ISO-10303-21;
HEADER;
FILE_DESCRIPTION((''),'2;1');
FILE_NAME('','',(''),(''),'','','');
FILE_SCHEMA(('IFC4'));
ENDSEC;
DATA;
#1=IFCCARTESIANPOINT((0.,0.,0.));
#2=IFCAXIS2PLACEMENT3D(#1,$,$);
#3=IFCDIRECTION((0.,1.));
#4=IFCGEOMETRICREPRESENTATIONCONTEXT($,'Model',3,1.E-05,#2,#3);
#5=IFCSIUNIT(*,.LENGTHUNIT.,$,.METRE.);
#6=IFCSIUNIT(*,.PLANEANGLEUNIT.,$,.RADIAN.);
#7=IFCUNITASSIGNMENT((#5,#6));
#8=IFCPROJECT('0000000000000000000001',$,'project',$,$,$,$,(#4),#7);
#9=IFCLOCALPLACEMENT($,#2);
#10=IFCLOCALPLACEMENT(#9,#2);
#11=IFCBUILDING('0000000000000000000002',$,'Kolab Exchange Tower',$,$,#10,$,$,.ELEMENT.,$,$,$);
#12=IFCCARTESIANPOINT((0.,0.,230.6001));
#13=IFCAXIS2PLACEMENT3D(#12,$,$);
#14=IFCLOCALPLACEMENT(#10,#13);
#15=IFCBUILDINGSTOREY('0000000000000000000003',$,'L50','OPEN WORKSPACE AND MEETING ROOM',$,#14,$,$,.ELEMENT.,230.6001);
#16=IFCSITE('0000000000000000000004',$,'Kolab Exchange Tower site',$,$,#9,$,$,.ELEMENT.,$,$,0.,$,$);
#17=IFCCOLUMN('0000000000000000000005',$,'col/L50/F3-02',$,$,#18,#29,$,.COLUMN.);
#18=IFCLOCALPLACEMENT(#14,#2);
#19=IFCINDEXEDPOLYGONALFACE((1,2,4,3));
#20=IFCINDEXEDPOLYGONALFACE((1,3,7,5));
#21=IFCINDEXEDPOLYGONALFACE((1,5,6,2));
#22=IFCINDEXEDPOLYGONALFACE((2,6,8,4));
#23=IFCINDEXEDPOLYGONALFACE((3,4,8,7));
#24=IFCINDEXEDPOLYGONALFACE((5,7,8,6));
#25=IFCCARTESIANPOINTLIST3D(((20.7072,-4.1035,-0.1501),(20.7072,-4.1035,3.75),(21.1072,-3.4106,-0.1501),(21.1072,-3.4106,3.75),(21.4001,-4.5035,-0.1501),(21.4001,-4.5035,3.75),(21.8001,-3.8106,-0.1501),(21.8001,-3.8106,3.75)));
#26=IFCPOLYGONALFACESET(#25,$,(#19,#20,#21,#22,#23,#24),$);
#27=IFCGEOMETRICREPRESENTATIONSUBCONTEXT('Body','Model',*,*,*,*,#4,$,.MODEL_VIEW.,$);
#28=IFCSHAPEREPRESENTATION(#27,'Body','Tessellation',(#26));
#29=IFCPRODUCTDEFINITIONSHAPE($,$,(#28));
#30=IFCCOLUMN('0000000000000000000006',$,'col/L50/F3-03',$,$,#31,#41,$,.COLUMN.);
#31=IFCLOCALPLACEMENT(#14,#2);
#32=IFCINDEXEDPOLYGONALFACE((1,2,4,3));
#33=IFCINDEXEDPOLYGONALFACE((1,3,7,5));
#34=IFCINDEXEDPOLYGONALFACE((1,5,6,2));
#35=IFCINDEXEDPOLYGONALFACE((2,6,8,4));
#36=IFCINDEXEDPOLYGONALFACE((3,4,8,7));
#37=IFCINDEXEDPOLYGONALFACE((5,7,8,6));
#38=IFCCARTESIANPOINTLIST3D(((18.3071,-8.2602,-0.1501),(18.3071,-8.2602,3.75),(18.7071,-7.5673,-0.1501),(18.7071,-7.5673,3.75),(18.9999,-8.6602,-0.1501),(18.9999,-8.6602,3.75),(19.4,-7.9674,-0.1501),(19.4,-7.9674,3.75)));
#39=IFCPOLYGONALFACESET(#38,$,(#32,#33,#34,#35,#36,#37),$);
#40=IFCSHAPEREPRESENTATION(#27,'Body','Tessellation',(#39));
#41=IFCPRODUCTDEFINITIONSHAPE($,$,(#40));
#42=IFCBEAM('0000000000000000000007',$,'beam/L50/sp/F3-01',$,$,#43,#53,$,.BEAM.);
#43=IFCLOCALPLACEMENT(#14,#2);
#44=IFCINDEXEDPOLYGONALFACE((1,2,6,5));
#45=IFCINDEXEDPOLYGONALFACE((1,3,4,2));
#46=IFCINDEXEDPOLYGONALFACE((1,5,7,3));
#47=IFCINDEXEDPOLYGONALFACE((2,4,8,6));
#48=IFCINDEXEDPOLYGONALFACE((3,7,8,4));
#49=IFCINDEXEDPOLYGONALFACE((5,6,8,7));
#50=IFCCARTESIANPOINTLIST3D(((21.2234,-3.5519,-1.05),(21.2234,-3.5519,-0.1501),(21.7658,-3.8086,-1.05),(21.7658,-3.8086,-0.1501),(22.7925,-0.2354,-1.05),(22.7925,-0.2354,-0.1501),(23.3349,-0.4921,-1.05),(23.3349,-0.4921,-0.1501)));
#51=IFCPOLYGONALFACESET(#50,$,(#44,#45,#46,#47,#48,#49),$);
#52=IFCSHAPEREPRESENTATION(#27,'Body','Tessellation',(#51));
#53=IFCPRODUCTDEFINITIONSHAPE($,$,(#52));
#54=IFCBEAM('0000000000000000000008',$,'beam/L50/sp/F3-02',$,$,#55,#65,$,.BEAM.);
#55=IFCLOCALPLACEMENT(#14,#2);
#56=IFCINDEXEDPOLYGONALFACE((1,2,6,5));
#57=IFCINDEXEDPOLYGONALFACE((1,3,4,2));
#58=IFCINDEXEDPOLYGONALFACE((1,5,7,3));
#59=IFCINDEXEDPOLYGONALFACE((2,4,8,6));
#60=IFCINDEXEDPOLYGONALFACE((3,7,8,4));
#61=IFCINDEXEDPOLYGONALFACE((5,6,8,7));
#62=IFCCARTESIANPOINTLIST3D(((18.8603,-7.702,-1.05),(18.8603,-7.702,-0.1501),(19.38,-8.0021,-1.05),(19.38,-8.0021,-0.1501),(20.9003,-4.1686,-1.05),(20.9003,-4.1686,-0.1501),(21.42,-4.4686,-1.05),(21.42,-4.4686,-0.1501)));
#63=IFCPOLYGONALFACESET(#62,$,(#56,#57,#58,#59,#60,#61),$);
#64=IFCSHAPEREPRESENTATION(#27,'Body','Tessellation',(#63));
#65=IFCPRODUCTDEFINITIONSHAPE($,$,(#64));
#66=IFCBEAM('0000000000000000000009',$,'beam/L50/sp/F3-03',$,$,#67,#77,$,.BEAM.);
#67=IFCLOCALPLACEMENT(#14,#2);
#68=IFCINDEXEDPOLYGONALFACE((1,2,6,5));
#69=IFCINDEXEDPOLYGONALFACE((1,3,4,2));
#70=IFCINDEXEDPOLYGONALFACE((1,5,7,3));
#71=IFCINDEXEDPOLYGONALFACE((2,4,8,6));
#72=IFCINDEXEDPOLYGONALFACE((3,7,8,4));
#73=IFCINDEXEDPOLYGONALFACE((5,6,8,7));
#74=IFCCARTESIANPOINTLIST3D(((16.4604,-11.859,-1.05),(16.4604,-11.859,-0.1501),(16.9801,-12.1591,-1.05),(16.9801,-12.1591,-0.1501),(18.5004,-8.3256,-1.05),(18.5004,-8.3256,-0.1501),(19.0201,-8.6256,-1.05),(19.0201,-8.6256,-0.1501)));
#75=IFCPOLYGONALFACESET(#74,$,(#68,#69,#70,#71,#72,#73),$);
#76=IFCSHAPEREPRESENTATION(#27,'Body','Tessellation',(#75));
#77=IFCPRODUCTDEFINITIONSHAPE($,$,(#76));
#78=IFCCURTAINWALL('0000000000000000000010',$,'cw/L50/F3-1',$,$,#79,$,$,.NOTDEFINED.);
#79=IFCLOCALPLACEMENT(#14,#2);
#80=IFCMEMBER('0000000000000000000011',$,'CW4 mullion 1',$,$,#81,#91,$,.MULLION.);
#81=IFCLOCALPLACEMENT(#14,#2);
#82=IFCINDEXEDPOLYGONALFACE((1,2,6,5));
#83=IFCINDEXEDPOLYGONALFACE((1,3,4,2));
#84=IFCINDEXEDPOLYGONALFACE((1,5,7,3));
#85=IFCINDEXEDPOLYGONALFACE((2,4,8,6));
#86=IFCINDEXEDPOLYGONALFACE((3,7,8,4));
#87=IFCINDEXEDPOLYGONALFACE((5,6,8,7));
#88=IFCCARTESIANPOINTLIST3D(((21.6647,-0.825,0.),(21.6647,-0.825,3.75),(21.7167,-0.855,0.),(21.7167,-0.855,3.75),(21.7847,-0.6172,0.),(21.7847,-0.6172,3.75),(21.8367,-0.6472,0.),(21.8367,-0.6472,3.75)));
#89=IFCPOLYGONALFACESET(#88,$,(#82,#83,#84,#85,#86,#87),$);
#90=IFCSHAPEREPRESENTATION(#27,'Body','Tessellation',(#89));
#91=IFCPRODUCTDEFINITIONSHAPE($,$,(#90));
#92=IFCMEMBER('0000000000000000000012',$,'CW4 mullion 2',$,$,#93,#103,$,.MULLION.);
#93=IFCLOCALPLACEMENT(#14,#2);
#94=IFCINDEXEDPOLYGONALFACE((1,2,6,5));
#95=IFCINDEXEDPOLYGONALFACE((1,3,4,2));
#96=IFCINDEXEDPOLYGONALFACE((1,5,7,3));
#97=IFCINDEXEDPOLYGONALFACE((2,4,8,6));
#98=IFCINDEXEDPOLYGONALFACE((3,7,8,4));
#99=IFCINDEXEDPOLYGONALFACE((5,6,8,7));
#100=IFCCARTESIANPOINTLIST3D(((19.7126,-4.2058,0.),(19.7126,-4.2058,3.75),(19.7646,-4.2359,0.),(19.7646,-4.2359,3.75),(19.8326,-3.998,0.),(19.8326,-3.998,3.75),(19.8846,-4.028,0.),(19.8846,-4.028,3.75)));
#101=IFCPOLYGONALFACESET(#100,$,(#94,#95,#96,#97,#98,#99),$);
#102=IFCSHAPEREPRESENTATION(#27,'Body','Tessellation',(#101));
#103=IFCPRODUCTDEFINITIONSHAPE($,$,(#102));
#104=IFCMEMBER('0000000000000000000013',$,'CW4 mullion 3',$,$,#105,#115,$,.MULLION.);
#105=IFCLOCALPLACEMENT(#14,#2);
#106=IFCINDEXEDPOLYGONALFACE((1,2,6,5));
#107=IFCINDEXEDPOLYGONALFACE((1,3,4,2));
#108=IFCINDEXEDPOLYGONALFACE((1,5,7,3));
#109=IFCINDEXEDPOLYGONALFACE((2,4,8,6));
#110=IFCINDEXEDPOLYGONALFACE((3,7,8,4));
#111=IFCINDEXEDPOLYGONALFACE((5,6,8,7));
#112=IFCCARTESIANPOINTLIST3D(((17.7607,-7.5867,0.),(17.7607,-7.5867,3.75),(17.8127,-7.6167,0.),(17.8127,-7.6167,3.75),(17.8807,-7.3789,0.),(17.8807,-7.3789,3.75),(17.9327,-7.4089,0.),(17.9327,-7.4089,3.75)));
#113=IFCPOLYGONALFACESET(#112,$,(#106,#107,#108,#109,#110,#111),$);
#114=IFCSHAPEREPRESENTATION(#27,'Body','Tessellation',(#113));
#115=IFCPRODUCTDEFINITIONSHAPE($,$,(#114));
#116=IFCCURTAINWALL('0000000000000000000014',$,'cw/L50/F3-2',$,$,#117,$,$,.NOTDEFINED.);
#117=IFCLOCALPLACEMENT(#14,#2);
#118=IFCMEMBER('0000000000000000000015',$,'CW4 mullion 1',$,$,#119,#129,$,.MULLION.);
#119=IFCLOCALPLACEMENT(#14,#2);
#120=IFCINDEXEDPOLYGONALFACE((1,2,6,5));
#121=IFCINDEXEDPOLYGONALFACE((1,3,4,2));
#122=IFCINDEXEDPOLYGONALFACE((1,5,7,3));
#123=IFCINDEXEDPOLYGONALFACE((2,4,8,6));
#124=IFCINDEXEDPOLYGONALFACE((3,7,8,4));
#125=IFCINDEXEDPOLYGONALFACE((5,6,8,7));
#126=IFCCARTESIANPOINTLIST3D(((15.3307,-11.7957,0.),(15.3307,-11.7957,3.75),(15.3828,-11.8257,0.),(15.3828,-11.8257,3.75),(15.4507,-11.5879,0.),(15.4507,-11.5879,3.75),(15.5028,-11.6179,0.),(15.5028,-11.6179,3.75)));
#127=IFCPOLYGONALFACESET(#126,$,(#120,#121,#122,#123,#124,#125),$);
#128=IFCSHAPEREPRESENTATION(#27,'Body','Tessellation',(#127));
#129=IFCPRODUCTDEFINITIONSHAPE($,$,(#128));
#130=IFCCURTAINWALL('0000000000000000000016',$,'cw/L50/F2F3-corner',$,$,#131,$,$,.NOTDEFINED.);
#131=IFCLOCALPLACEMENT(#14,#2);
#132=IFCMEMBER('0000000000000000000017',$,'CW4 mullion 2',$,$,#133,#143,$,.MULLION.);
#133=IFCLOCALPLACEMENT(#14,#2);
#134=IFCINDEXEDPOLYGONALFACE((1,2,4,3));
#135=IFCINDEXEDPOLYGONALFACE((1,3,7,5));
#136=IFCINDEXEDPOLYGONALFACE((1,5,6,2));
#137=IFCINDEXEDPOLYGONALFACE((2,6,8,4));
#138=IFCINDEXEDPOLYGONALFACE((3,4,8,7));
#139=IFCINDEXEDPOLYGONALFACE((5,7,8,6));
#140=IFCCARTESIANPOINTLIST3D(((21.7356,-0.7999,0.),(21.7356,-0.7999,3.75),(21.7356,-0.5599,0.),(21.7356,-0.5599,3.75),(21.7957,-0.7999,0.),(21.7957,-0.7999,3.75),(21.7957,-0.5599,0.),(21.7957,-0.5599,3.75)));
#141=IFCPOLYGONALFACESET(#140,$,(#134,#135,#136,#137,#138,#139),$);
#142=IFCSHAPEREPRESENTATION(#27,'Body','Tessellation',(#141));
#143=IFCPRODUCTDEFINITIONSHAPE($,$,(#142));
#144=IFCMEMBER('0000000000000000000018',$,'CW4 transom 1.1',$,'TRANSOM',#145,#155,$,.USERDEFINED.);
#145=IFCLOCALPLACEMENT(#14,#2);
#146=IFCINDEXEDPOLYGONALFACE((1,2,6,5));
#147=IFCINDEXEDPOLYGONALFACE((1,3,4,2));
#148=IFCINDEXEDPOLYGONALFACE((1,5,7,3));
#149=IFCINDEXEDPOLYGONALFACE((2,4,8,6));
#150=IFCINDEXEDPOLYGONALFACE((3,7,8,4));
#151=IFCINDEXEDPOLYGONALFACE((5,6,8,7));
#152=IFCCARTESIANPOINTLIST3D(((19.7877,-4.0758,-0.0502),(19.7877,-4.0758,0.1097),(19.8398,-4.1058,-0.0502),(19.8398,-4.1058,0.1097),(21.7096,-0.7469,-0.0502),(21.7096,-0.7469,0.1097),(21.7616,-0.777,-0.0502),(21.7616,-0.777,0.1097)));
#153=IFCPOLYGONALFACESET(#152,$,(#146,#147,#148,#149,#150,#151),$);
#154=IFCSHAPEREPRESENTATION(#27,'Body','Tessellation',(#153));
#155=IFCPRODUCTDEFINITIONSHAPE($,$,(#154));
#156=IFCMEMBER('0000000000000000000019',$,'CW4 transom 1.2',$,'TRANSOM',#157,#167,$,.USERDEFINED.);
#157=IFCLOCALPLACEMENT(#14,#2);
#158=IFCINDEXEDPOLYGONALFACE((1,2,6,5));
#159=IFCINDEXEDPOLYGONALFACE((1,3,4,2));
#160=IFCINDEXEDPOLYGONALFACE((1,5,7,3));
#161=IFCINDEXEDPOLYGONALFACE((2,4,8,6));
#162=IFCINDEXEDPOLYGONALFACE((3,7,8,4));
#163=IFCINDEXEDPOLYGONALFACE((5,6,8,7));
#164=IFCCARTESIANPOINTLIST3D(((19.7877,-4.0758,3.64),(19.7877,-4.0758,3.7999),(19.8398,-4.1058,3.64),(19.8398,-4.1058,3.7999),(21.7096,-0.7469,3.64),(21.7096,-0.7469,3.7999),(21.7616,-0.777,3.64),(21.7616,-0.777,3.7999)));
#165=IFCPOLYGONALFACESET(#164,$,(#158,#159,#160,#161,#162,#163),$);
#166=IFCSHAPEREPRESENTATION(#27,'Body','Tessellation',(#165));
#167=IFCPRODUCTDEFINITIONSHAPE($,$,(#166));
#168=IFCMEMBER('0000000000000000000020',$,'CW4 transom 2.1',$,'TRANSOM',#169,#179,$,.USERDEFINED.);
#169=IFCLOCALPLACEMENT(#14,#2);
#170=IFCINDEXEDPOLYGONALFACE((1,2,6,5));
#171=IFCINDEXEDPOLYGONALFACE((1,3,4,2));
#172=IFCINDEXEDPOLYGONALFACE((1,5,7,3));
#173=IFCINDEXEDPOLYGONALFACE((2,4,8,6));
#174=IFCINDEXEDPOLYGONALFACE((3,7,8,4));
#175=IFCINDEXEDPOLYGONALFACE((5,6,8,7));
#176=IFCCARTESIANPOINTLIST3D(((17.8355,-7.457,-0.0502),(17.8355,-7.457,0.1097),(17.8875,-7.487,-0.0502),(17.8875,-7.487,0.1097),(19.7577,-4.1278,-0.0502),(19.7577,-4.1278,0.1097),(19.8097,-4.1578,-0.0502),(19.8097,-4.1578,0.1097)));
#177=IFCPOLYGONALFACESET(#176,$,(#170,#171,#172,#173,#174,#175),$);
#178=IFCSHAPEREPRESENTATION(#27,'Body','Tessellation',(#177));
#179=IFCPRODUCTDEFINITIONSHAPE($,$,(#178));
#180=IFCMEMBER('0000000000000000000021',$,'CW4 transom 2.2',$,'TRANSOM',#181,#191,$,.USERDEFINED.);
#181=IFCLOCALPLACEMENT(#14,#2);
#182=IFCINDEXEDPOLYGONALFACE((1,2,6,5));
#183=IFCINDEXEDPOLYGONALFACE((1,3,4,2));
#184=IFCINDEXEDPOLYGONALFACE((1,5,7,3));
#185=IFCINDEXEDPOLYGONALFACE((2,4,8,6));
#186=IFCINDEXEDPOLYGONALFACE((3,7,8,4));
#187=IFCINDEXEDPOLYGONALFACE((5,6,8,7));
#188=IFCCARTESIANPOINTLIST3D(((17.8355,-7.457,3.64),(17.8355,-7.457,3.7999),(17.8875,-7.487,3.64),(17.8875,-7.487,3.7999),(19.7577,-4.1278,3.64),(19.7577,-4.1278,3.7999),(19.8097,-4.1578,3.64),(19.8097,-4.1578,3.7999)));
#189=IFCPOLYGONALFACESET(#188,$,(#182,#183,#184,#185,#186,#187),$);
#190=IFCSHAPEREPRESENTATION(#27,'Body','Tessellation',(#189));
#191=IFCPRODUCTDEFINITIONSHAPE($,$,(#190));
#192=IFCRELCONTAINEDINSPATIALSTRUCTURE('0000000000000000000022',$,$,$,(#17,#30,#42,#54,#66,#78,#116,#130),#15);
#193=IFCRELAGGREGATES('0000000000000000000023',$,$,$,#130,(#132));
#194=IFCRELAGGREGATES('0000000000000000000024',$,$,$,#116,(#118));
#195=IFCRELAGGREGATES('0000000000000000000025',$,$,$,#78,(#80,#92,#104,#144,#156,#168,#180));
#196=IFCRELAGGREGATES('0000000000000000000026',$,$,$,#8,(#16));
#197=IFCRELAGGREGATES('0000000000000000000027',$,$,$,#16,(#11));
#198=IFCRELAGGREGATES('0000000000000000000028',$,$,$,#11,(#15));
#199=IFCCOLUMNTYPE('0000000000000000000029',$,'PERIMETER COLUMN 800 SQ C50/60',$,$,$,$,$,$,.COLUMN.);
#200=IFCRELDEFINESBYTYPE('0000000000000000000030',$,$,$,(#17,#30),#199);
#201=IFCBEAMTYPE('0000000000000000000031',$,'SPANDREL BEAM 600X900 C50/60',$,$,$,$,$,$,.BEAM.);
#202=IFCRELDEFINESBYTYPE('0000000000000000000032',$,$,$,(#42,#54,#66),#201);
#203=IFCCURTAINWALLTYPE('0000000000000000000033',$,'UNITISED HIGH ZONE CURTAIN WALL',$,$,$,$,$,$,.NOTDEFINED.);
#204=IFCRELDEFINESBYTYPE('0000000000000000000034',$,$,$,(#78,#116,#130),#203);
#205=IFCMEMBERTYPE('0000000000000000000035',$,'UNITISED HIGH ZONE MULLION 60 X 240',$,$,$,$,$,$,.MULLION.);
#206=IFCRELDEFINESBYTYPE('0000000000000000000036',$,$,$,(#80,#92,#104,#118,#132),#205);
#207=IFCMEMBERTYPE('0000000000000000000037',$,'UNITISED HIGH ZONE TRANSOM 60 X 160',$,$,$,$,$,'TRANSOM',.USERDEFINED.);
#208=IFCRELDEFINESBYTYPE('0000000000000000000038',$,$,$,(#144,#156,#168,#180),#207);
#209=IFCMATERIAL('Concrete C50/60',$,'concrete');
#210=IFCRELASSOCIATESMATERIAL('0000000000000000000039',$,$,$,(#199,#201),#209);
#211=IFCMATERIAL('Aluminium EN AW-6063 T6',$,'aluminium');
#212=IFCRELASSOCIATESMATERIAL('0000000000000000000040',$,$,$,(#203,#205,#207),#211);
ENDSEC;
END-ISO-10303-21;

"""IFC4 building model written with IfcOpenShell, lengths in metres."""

from ifc_helpers import new_model, si_unit, direction, frame, origin, origin_2d, place, context, subcontext, project, spatial, rectangle, extrude, material, material_profile, profile_set, type_object, element, aggregate, save


model = new_model("IFC4")

# Units and contexts
model_context = context("Model", 3, precision=1e-05, world=origin(), true_north=direction((0.0, 1.0)))
body_context = subcontext(model_context, "Body", "Model", "MODEL_VIEW")
ifc_project = project(units=[si_unit("LENGTHUNIT", "METRE"), si_unit("PLANEANGLEUNIT", "RADIAN")], contexts=[model_context])

# Site, building, storey
site_placement = place(None, origin())
site = spatial("IfcSite", under=ifc_project, at=site_placement, Name="Kolab Exchange Tower site", CompositionType="ELEMENT", RefElevation=0.0)
building_placement = place(site_placement, origin())
building = spatial("IfcBuilding", under=site, at=building_placement, Name="Kolab Exchange Tower", CompositionType="ELEMENT")
storey_placement = place(building_placement, frame((0.0, 0.0, 230.6001)))
storey = spatial("IfcBuildingStorey", under=building, at=storey_placement, Name="L50", Description="OPEN WORKSPACE AND MEETING ROOM", CompositionType="ELEMENT", Elevation=230.6001)

# Columns
ifc_material_1 = material(Name="Concrete C50/60", Category="concrete")
ifc_material_profile_1 = material_profile(ifc_material_1, rectangle(XDim=0.8, YDim=0.8, at=origin_2d()), Name="RC800")
ifc_profile_set_1 = profile_set([ifc_material_profile_1], Name="Concrete C50/60")
column_type = type_object("IfcColumnType", Name="PERIMETER COLUMN 800 SQ C50/60", PredefinedType="COLUMN", material=ifc_profile_set_1)
for number, where, z_axis, x_axis, name in (
    (1, (21.2537, -3.957, -0.1501), (0.0, 0.0, 1.0), (0.5, 0.866025, 0.0), "col/L50/F3-02"),
    (2, (18.8535, -8.1138, -0.1501), (0.0, 0.0, 1.0), (0.5, 0.866025, 0.0), "col/L50/F3-03"),
):
    element("IfcColumn", number, at=place(storey_placement, frame(where, z_axis=z_axis, x_axis=x_axis)), inside=storey, type_object=column_type, Name=name, PredefinedType="COLUMN", context=body_context, shape_type="SweptSolid", body=[
        extrude(rectangle(XDim=0.8, YDim=0.8, at=origin_2d()), origin(), (0.0, 0.0, 1.0), 3.9001),
    ])

# Beams
ifc_material_profile_2 = material_profile(ifc_material_1, rectangle(XDim=0.6001, YDim=0.8999, at=origin_2d()), Name="RC600X900")
ifc_profile_set_2 = profile_set([ifc_material_profile_2], Name="Concrete C50/60")
beam_type = type_object("IfcBeamType", Name="SPANDREL BEAM 600X900 C50/60", PredefinedType="BEAM", material=ifc_profile_set_2)
beam_placement = place(storey_placement, frame((23.0637, -0.3638, -0.6001), z_axis=(-0.427677, -0.903932, 0.0), x_axis=(0.903932, -0.427677, 0.0)))
element("IfcBeam", 3, at=beam_placement, inside=storey, type_object=beam_type, Name="beam/L50/sp/F3-01", PredefinedType="BEAM", context=body_context, shape_type="SweptSolid", body=[
    extrude(rectangle(XDim=0.6001, YDim=0.8999, at=origin_2d()), origin(), (0.0, 0.0, 1.0), 3.6689),
])
for number, where, z_axis, x_axis, name in (
    (4, (21.1602, -4.3186, -0.6001), (-0.5, -0.866025, 0.0), (0.866025, -0.5, 0.0), "beam/L50/sp/F3-02"),
    (5, (18.7603, -8.4756, -0.6001), (-0.5, -0.866025, 0.0), (0.866025, -0.5, 0.0), "beam/L50/sp/F3-03"),
):
    element("IfcBeam", number, at=place(storey_placement, frame(where, z_axis=z_axis, x_axis=x_axis)), inside=storey, type_object=beam_type, Name=name, PredefinedType="BEAM", context=body_context, shape_type="SweptSolid", body=[
        extrude(rectangle(XDim=0.6001, YDim=0.8999, at=origin_2d()), origin(), (0.0, 0.0, 1.0), 4.0801),
    ])

# Curtain wall, members
ifc_material_2 = material(Name="Aluminium EN AW-6063 T6", Category="aluminium")
curtain_wall_type = type_object("IfcCurtainWallType", Name="UNITISED HIGH ZONE CURTAIN WALL", PredefinedType="NOTDEFINED", material=ifc_material_2)
curtain_wall_1_placement = place(storey_placement, origin())
curtain_wall_1 = element("IfcCurtainWall", 6, at=curtain_wall_1_placement, inside=storey, type_object=curtain_wall_type, Name="cw/L50/F3-1", PredefinedType="NOTDEFINED")
ifc_material_profile_3 = material_profile(ifc_material_2, rectangle(XDim=0.0601, YDim=0.24, at=origin_2d()), Name="RECT 60X240")
ifc_profile_set_3 = profile_set([ifc_material_profile_3], Name="Aluminium EN AW-6063 T6")
member_type_1 = type_object("IfcMemberType", Name="UNITISED HIGH ZONE MULLION 60 X 240", PredefinedType="MULLION", material=ifc_profile_set_3)
member_1_placement = place(storey_placement, frame((21.7507, -0.7361, 0.0), z_axis=(0.0, 0.0, 1.0), x_axis=(0.866025, -0.5, 0.0)))
member_1 = element("IfcMember", 7, at=member_1_placement, type_object=member_type_1, Name="CW4 mullion 1", PredefinedType="MULLION", context=body_context, shape_type="SweptSolid", body=[
    extrude(rectangle(XDim=0.0601, YDim=0.24, at=origin_2d()), origin(), (0.0, 0.0, 1.0), 3.75),
])
member_2_placement = place(storey_placement, frame((19.7986, -4.1169, 0.0), z_axis=(0.0, 0.0, 1.0), x_axis=(0.866025, -0.5, 0.0)))
member_2 = element("IfcMember", 8, at=member_2_placement, type_object=member_type_1, Name="CW4 mullion 2", PredefinedType="MULLION", context=body_context, shape_type="SweptSolid", body=[
    extrude(rectangle(XDim=0.0601, YDim=0.24, at=origin_2d()), origin(), (0.0, 0.0, 1.0), 3.75),
])
member_3_placement = place(storey_placement, frame((17.8467, -7.4978, 0.0), z_axis=(0.0, 0.0, 1.0), x_axis=(0.866025, -0.5, 0.0)))
member_3 = element("IfcMember", 9, at=member_3_placement, type_object=member_type_1, Name="CW4 mullion 3", PredefinedType="MULLION", context=body_context, shape_type="SweptSolid", body=[
    extrude(rectangle(XDim=0.0601, YDim=0.24, at=origin_2d()), origin(), (0.0, 0.0, 1.0), 3.75),
])

# Curtain walls, members
curtain_wall_2_placement = place(storey_placement, origin())
curtain_wall_2 = element("IfcCurtainWall", 10, at=curtain_wall_2_placement, inside=storey, type_object=curtain_wall_type, Name="cw/L50/F3-2", PredefinedType="NOTDEFINED")
member_4_placement = place(storey_placement, frame((15.4167, -11.7068, 0.0), z_axis=(0.0, 0.0, 1.0), x_axis=(0.866025, -0.5, 0.0)))
member_4 = element("IfcMember", 11, at=member_4_placement, type_object=member_type_1, Name="CW4 mullion 1", PredefinedType="MULLION", context=body_context, shape_type="SweptSolid", body=[
    extrude(rectangle(XDim=0.0601, YDim=0.24, at=origin_2d()), origin(), (0.0, 0.0, 1.0), 3.75),
])
curtain_wall_3_placement = place(storey_placement, origin())
curtain_wall_3 = element("IfcCurtainWall", 12, at=curtain_wall_3_placement, inside=storey, type_object=curtain_wall_type, Name="cw/L50/F2F3-corner", PredefinedType="NOTDEFINED")
member_5_placement = place(storey_placement, frame((21.7656, -0.6799, 0.0), z_axis=(0.0, 0.0, 1.0), x_axis=(1.0, 0.0, 0.0)))
member_5 = element("IfcMember", 13, at=member_5_placement, type_object=member_type_1, Name="CW4 mullion 2", PredefinedType="MULLION", context=body_context, shape_type="SweptSolid", body=[
    extrude(rectangle(XDim=0.0601, YDim=0.24, at=origin_2d()), origin(), (0.0, 0.0, 1.0), 3.75),
])
aggregate(curtain_wall_3, [member_5])

# Members
ifc_material_profile_4 = material_profile(ifc_material_2, rectangle(XDim=0.0601, YDim=0.1599, at=origin_2d()), Name="RECT 60X160")
ifc_profile_set_4 = profile_set([ifc_material_profile_4], Name="Aluminium EN AW-6063 T6")
member_type_2 = type_object("IfcMemberType", Name="UNITISED HIGH ZONE TRANSOM 60 X 160", ElementType="TRANSOM", PredefinedType="USERDEFINED", material=ifc_profile_set_4)
member_6_placement = place(storey_placement, frame((21.7356, -0.762, 0.0298), z_axis=(-0.499992, -0.86603, 0.0), x_axis=(0.86603, -0.499992, 0.0)))
member_6 = element("IfcMember", 14, at=member_6_placement, type_object=member_type_2, Name="CW4 transom 1.1", ObjectType="TRANSOM", PredefinedType="USERDEFINED", context=body_context, shape_type="SweptSolid", body=[
    extrude(rectangle(XDim=0.0601, YDim=0.1599, at=origin_2d()), origin(), (0.0, 0.0, 1.0), 3.8438),
])
member_7_placement = place(storey_placement, frame((21.7356, -0.762, 3.72), z_axis=(-0.499992, -0.86603, 0.0), x_axis=(0.86603, -0.499992, 0.0)))
member_7 = element("IfcMember", 15, at=member_7_placement, type_object=member_type_2, Name="CW4 transom 1.2", ObjectType="TRANSOM", PredefinedType="USERDEFINED", context=body_context, shape_type="SweptSolid", body=[
    extrude(rectangle(XDim=0.0601, YDim=0.1599, at=origin_2d()), origin(), (0.0, 0.0, 1.0), 3.8438),
])
member_8_placement = place(storey_placement, frame((19.7837, -4.1428, 0.0298), z_axis=(-0.500012, -0.866018, 0.0), x_axis=(0.866018, -0.500012, 0.0)))
member_8 = element("IfcMember", 16, at=member_8_placement, type_object=member_type_2, Name="CW4 transom 2.1", ObjectType="TRANSOM", PredefinedType="USERDEFINED", context=body_context, shape_type="SweptSolid", body=[
    extrude(rectangle(XDim=0.0601, YDim=0.1599, at=origin_2d()), origin(), (0.0, 0.0, 1.0), 3.8442),
])
member_9_placement = place(storey_placement, frame((19.7837, -4.1428, 3.72), z_axis=(-0.500012, -0.866018, 0.0), x_axis=(0.866018, -0.500012, 0.0)))
member_9 = element("IfcMember", 17, at=member_9_placement, type_object=member_type_2, Name="CW4 transom 2.2", ObjectType="TRANSOM", PredefinedType="USERDEFINED", context=body_context, shape_type="SweptSolid", body=[
    extrude(rectangle(XDim=0.0601, YDim=0.1599, at=origin_2d()), origin(), (0.0, 0.0, 1.0), 3.8442),
])
aggregate(curtain_wall_2, [member_4])

aggregate(curtain_wall_1, [member_1, member_2, member_3, member_6, member_7, member_8, member_9])

save(model, "model.ifc")
